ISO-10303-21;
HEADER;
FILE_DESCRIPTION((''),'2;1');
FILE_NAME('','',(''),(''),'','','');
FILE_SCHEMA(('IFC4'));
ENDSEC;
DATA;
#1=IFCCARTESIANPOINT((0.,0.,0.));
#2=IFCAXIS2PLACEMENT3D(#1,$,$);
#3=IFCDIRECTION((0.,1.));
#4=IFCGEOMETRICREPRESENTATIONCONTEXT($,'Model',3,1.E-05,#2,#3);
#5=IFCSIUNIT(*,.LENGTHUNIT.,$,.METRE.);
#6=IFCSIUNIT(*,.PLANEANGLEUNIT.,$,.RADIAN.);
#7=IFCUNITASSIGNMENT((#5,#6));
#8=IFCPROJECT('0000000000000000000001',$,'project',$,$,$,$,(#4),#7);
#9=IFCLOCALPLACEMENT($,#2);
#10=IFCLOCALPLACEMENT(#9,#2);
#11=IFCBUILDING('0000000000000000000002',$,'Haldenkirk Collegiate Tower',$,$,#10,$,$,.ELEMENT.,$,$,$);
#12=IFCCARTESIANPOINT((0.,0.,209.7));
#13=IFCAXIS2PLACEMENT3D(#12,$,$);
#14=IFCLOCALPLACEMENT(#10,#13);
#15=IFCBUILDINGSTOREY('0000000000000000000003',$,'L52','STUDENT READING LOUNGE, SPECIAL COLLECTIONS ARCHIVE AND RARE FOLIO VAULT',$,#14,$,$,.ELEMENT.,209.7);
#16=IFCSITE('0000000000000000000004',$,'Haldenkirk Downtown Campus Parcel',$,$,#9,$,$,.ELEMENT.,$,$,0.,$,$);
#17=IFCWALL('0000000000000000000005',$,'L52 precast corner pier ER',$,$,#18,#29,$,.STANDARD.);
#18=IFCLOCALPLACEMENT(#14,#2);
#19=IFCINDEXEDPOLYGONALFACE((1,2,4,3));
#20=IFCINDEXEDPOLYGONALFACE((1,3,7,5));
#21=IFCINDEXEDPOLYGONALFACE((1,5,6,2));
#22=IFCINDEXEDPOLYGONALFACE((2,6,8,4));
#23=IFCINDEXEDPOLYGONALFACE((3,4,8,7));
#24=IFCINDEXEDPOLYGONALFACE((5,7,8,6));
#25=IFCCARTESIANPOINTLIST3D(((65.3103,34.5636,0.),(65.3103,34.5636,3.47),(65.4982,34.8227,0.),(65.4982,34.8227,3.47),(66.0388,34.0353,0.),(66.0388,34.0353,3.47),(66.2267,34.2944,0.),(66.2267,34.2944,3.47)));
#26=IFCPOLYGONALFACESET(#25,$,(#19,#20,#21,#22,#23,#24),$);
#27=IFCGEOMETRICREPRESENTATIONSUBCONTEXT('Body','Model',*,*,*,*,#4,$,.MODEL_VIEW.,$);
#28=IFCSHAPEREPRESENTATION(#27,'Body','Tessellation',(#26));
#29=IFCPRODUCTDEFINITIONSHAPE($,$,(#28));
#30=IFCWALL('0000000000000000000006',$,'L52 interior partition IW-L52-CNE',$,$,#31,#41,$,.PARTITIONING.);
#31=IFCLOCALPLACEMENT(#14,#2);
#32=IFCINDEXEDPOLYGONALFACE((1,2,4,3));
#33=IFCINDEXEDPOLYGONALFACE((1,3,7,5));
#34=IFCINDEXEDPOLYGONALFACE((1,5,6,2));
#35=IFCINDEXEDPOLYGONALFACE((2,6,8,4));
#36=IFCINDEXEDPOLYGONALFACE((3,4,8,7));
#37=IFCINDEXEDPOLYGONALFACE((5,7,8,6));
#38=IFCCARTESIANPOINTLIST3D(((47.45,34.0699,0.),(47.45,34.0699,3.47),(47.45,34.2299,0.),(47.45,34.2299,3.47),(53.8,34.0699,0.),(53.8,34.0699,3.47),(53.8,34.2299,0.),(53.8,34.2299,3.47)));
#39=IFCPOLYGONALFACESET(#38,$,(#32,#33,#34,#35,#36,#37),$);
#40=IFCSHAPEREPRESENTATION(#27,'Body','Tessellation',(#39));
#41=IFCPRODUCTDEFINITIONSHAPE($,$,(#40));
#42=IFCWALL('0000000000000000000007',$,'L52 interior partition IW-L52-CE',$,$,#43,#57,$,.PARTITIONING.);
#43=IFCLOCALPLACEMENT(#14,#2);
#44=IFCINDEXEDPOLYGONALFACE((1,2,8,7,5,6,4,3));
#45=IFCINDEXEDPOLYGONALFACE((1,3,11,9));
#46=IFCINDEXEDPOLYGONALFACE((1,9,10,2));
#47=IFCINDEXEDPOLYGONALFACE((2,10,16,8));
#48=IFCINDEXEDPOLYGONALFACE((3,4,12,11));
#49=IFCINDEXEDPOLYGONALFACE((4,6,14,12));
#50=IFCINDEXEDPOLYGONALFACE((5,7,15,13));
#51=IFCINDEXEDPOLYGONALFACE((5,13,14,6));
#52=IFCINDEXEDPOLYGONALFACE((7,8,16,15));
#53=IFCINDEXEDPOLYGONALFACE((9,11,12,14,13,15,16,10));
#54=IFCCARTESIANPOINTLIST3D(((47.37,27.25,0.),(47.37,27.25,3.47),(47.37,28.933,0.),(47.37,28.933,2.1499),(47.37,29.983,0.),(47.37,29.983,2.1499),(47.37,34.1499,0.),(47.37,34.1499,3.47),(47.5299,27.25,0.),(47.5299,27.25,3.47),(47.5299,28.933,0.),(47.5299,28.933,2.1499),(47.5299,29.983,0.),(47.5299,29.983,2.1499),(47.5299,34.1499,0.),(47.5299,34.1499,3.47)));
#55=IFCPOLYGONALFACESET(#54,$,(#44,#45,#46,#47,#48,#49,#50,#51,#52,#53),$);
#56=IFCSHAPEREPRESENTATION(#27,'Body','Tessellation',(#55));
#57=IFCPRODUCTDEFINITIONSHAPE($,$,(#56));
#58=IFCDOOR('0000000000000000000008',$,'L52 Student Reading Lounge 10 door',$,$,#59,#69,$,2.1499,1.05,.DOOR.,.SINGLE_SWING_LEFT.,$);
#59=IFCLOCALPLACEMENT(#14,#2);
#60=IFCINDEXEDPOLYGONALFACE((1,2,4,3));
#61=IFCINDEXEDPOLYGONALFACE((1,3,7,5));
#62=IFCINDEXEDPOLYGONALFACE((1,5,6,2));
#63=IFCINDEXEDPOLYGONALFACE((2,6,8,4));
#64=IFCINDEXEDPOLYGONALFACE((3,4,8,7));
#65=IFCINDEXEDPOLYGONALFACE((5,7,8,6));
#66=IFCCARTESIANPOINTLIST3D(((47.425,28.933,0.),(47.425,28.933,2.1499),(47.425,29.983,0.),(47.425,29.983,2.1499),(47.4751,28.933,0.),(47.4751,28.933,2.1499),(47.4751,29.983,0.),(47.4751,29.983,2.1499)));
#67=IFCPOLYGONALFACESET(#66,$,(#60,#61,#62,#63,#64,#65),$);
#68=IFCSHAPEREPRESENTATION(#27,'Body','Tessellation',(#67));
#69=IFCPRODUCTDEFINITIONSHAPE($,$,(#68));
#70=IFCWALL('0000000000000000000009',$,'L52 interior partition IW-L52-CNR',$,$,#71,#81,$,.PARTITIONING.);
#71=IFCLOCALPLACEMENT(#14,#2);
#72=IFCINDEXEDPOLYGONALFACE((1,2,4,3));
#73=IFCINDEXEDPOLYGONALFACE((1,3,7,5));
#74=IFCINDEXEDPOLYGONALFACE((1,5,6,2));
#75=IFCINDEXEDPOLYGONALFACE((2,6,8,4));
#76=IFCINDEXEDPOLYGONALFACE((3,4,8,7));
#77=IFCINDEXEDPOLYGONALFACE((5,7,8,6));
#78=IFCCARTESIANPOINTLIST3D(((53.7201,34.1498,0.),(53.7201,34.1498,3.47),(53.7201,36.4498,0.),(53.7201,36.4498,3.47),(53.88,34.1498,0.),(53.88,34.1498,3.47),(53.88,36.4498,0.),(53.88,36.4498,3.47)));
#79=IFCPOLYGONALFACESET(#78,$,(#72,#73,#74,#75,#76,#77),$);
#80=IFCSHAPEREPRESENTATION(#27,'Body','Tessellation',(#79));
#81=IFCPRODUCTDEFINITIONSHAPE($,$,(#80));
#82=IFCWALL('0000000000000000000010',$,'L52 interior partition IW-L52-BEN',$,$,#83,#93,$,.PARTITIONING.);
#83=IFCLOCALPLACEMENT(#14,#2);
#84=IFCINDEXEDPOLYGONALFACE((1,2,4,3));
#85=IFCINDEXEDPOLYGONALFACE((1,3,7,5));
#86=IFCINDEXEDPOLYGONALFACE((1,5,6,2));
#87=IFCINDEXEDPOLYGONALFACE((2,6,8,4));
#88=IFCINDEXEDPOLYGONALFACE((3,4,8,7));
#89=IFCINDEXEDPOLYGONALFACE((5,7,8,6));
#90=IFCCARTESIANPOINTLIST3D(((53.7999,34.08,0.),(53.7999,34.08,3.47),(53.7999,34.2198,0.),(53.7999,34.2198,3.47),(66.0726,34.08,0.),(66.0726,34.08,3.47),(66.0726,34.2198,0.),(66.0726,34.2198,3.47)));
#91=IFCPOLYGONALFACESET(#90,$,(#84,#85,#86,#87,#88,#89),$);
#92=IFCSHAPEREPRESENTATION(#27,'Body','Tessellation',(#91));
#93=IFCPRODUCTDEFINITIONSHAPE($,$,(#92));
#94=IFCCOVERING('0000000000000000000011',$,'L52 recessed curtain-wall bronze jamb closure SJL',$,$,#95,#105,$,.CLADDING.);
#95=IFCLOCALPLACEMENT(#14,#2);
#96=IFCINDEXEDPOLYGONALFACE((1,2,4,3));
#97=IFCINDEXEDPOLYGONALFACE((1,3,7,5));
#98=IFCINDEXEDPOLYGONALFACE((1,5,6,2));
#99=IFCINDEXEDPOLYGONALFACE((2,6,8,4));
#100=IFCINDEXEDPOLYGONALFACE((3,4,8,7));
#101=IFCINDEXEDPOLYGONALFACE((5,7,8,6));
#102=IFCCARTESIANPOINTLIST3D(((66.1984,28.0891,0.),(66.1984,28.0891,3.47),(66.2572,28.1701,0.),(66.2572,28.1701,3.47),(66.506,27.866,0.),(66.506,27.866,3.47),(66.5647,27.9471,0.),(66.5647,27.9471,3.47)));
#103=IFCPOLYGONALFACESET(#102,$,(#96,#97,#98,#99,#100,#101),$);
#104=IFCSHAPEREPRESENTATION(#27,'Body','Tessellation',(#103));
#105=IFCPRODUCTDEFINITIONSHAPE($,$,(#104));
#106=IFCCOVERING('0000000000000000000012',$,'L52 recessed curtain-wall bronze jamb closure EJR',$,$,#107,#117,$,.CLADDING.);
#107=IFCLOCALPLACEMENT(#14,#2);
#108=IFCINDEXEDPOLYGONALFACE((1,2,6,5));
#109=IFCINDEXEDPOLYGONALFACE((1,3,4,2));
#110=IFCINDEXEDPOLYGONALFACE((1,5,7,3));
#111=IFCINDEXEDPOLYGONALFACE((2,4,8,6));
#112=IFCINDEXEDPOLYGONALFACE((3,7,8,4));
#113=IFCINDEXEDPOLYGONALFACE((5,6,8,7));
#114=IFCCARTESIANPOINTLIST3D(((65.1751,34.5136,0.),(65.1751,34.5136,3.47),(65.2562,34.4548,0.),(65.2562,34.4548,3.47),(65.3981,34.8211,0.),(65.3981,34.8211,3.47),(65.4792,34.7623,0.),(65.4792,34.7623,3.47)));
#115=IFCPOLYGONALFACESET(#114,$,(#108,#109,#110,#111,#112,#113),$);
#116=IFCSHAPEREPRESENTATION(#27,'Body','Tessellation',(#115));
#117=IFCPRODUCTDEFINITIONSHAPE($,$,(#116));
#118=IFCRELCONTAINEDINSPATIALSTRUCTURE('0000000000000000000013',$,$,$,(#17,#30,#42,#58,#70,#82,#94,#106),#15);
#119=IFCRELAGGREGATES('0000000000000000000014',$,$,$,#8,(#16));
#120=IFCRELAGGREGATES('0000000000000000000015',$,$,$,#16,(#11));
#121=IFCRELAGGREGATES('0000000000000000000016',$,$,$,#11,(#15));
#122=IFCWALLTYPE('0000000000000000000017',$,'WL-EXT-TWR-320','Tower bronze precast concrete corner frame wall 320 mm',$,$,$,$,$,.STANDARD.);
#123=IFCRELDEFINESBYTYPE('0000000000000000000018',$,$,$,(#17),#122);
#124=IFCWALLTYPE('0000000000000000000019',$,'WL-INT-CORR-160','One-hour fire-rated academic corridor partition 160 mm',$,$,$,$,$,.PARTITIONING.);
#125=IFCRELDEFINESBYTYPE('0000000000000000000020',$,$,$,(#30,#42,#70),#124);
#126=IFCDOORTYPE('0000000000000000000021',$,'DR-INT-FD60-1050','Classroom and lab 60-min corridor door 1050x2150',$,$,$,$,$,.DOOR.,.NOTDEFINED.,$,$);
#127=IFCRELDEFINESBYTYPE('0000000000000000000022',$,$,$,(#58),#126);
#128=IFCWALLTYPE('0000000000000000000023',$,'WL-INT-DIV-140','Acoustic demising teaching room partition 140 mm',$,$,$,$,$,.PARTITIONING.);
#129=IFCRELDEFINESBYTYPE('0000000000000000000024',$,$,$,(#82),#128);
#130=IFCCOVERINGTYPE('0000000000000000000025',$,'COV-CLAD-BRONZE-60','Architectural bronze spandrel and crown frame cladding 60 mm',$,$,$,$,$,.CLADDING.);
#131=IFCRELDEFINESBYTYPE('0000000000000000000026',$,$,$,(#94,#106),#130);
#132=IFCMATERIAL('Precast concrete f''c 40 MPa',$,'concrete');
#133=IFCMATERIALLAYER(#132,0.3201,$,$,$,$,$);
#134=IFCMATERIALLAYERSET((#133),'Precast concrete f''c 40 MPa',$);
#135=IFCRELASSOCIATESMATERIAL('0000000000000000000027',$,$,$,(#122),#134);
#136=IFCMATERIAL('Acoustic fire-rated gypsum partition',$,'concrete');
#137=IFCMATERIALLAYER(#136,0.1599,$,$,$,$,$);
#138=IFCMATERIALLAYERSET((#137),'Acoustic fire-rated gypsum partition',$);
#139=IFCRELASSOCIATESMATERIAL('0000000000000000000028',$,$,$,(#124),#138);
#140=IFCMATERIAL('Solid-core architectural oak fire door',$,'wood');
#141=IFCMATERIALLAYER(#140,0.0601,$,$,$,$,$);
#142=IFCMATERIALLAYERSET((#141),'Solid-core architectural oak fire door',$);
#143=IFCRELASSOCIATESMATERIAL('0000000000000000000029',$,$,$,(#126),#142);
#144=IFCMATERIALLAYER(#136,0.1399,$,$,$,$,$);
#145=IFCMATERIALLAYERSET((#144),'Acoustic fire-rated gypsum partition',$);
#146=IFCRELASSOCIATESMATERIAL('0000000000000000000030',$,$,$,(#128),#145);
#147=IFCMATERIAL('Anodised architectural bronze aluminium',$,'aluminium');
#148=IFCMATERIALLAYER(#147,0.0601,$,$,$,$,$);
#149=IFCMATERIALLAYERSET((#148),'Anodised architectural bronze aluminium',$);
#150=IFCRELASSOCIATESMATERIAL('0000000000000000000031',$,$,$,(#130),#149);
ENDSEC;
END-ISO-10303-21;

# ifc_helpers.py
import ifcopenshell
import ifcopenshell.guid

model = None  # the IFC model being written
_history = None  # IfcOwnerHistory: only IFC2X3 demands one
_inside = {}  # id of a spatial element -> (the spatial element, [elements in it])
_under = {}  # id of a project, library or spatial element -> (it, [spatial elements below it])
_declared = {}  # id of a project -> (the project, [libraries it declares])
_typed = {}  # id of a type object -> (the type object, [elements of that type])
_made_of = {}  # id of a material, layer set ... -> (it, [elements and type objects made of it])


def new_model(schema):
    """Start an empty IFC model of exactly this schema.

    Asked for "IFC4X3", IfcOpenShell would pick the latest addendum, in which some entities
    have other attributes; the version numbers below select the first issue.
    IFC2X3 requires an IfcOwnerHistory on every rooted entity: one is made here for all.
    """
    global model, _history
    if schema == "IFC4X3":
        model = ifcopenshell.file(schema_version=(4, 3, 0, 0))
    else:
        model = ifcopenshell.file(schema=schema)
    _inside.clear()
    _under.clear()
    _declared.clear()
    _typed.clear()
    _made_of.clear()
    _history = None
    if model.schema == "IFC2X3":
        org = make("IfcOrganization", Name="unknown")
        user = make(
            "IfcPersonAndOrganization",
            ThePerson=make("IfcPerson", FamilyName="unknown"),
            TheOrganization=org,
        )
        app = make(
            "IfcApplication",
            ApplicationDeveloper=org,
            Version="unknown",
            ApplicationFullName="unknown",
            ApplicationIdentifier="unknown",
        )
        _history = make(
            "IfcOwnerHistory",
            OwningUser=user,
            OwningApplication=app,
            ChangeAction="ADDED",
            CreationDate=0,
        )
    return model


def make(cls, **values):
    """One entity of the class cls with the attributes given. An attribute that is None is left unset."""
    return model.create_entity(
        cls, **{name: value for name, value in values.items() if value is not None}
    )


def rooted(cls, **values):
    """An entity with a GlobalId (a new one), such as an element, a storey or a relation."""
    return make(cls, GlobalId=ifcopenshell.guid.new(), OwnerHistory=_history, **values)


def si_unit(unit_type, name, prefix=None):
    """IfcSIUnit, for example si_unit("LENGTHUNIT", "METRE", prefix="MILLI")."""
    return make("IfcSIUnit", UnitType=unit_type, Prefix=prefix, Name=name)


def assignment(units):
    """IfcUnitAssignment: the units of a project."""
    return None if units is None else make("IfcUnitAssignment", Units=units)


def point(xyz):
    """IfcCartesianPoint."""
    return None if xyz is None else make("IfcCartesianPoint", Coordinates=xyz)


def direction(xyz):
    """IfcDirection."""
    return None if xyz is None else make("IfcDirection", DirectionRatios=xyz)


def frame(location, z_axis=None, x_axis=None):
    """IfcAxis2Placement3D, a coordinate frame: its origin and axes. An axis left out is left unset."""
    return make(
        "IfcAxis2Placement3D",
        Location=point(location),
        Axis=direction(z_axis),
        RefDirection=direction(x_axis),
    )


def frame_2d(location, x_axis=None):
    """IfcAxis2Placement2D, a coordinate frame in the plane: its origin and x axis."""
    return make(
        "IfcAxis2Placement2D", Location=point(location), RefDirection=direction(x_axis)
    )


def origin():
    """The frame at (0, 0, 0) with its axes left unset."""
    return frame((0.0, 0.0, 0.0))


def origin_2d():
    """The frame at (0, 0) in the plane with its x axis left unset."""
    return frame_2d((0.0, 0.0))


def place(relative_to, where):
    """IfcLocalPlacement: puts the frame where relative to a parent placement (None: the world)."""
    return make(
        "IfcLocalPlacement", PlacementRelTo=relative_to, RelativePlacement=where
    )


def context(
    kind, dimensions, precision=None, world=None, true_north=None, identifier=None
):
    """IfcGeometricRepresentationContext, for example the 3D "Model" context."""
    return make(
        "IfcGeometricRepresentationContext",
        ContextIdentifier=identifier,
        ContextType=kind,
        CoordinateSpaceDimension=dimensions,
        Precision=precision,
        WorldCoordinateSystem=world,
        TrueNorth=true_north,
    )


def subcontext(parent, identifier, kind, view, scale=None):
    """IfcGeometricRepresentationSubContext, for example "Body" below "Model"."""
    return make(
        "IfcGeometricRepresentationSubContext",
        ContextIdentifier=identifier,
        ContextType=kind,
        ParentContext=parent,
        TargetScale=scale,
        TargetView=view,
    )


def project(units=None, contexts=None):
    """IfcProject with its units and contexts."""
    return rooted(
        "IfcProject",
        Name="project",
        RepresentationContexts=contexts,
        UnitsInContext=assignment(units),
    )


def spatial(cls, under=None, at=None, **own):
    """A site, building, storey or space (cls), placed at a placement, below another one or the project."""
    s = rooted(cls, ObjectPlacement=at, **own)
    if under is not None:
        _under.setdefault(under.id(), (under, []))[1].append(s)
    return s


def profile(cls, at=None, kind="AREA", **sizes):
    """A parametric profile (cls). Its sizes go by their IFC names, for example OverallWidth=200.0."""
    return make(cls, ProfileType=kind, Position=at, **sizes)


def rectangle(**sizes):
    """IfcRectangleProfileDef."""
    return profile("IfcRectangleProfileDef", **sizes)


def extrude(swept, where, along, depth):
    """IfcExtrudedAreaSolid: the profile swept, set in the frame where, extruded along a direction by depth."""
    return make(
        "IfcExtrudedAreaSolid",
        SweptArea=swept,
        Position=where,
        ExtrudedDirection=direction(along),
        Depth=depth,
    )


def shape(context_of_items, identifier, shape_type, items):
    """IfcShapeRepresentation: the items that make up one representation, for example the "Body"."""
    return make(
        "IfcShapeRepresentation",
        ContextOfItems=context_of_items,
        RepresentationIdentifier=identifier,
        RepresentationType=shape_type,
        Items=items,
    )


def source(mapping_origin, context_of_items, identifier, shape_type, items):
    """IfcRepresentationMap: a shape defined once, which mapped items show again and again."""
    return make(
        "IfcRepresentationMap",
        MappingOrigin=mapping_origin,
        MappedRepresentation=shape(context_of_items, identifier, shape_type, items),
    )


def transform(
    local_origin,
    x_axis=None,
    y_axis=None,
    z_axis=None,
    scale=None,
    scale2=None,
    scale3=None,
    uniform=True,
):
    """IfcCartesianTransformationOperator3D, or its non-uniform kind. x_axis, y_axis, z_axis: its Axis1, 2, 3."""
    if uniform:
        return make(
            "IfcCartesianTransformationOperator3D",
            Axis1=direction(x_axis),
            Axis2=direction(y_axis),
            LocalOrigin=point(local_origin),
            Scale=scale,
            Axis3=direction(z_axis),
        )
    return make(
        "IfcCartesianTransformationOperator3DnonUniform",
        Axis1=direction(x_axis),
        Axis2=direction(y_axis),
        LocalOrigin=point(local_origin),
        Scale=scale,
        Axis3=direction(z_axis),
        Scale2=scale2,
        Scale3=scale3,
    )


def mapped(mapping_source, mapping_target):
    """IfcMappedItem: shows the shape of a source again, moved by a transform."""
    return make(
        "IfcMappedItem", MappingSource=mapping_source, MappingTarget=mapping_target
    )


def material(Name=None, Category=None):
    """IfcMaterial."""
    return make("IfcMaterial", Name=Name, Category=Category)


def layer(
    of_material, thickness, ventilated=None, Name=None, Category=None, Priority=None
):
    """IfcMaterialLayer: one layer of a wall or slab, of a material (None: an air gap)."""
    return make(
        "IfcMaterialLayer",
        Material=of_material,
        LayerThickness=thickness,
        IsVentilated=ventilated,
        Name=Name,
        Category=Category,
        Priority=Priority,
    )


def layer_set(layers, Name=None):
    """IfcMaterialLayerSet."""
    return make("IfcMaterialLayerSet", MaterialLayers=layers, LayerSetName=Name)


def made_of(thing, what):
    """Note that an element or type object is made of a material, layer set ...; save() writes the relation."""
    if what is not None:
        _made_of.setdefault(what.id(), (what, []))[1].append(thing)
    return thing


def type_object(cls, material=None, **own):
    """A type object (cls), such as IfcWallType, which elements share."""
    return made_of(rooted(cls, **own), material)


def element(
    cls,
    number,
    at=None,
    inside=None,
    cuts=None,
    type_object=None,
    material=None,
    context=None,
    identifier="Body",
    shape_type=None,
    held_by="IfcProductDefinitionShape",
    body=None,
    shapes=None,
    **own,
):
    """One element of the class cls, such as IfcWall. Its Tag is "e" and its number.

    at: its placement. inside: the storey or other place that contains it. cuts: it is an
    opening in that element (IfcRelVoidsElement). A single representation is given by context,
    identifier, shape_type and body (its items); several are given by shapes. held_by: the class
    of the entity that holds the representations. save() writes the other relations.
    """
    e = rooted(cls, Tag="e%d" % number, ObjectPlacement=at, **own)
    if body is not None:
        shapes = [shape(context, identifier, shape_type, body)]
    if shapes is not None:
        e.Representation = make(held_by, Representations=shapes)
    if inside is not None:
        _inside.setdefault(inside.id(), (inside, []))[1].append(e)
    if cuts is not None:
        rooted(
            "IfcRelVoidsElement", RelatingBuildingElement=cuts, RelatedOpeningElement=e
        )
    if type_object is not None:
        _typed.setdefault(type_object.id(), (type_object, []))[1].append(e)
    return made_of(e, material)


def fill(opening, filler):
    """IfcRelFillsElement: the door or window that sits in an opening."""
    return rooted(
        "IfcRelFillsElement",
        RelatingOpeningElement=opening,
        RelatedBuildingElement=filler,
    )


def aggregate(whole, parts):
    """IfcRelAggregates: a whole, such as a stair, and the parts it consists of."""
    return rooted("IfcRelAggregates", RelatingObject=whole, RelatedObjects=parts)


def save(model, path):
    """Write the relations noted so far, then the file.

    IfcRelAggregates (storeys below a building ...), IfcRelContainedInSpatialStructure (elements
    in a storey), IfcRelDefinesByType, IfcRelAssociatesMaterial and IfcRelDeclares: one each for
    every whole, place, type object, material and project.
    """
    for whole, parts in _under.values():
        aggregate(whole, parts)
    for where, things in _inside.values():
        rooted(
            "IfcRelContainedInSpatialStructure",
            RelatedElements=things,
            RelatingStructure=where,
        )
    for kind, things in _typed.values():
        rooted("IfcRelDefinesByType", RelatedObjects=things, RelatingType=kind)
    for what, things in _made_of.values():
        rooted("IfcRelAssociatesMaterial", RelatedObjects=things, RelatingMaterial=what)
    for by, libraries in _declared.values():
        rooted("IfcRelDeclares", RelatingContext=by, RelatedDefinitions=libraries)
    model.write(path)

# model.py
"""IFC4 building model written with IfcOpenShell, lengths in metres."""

from ifc_helpers import new_model, si_unit, direction, frame, frame_2d, origin, origin_2d, place, context, subcontext, project, spatial, rectangle, extrude, source, transform, mapped, material, layer, layer_set, type_object, element, fill, save


model = new_model("IFC4")

# Units and contexts
model_context = context("Model", 3, precision=1e-05, world=origin(), true_north=direction((0.0, 1.0)))
body_context = subcontext(model_context, "Body", "Model", "MODEL_VIEW")
ifc_project = project(units=[si_unit("LENGTHUNIT", "METRE"), si_unit("PLANEANGLEUNIT", "RADIAN")], contexts=[model_context])

# Site, building, storey
site_placement = place(None, origin())
site = spatial("IfcSite", under=ifc_project, at=site_placement, Name="Haldenkirk Downtown Campus Parcel", CompositionType="ELEMENT", RefElevation=0.0)
building_placement = place(site_placement, origin())
building = spatial("IfcBuilding", under=site, at=building_placement, Name="Haldenkirk Collegiate Tower", CompositionType="ELEMENT")
storey_placement = place(building_placement, frame((0.0, 0.0, 209.7)))
storey = spatial("IfcBuildingStorey", under=building, at=storey_placement, Name="L52", Description="STUDENT READING LOUNGE, SPECIAL COLLECTIONS ARCHIVE AND RARE FOLIO VAULT", CompositionType="ELEMENT", Elevation=209.7)

# Shared definitions
ifc_material_1 = material(Name="Anodised architectural bronze aluminium", Category="aluminium")

# Shared definitions
ifc_material_2 = material(Name="Precast concrete f'c 40 MPa", Category="concrete")
ifc_layer_1 = layer(ifc_material_2, 0.3201)
ifc_layer_set_1 = layer_set([ifc_layer_1], Name="Precast concrete f'c 40 MPa")
wall_type_1 = type_object("IfcWallType", Name="WL-EXT-TWR-320", Description="Tower bronze precast concrete corner frame wall 320 mm", PredefinedType="STANDARD", material=ifc_layer_set_1)

# Walls
wall_1_placement = place(storey_placement, frame((65.4043, 34.6931, 0.0), z_axis=(0.0, 0.0, 1.0), x_axis=(0.809533, -0.587074, 0.0)))
element("IfcWall", 1, at=wall_1_placement, inside=storey, type_object=wall_type_1, Name="L52 precast corner pier ER", PredefinedType="STANDARD", context=body_context, shape_type="SweptSolid", body=[
    extrude(rectangle(XDim=0.8999, YDim=0.3201, at=frame_2d((0.45, 0.0))), origin(), (0.0, 0.0, 1.0), 3.47),
])
ifc_material_3 = material(Name="Acoustic fire-rated gypsum partition", Category="concrete")
ifc_layer_2 = layer(ifc_material_3, 0.1599)
ifc_layer_set_2 = layer_set([ifc_layer_2], Name="Acoustic fire-rated gypsum partition")
wall_type_2 = type_object("IfcWallType", Name="WL-INT-CORR-160", Description="One-hour fire-rated academic corridor partition 160 mm", PredefinedType="PARTITIONING", material=ifc_layer_set_2)
wall_2_placement = place(storey_placement, frame((47.45, 34.1499, 0.0), z_axis=(0.0, 0.0, 1.0), x_axis=(1.0, 0.0, 0.0)))
element("IfcWall", 2, at=wall_2_placement, inside=storey, type_object=wall_type_2, Name="L52 interior partition IW-L52-CNE", PredefinedType="PARTITIONING", context=body_context, shape_type="SweptSolid", body=[
    extrude(rectangle(XDim=6.3501, YDim=0.1599, at=frame_2d((3.175, 0.0))), origin(), (0.0, 0.0, 1.0), 3.47),
])

# Wall, opening, door
wall_3_placement = place(storey_placement, frame((47.45, 27.25, 0.0), z_axis=(0.0, 0.0, 1.0), x_axis=(0.0, 1.0, 0.0)))
wall_3 = element("IfcWall", 3, at=wall_3_placement, inside=storey, type_object=wall_type_2, Name="L52 interior partition IW-L52-CE", PredefinedType="PARTITIONING", context=body_context, shape_type="SweptSolid", body=[
    extrude(rectangle(XDim=6.8999, YDim=0.1599, at=frame_2d((3.45, 0.0))), origin(), (0.0, 0.0, 1.0), 3.47),
])
opening_1_placement = place(wall_3_placement, frame((1.6831, 0.0, 0.0)))
opening_1 = element("IfcOpeningElement", 4, at=opening_1_placement, cuts=wall_3, PredefinedType="OPENING", context=body_context, shape_type="SweptSolid", body=[
    extrude(rectangle(XDim=1.05, YDim=2.1499, at=frame_2d((0.5249, 1.075))), frame((0.0, 0.0898, 0.0), z_axis=(0.0, -1.0, 0.0), x_axis=(1.0, 0.0, 0.0)), (0.0, 0.0, 1.0), 0.1799),
])
ifc_material_4 = material(Name="Solid-core architectural oak fire door", Category="wood")
ifc_layer_3 = layer(ifc_material_4, 0.0601)
ifc_layer_set_3 = layer_set([ifc_layer_3], Name="Solid-core architectural oak fire door")
door_type = type_object("IfcDoorType", Name="DR-INT-FD60-1050", Description="Classroom and lab 60-min corridor door 1050x2150", OperationType="NOTDEFINED", PredefinedType="DOOR", material=ifc_layer_set_3)
door_placement = place(opening_1_placement, origin())
door = element("IfcDoor", 5, at=door_placement, inside=storey, type_object=door_type, Name="L52 Student Reading Lounge 10 door", OperationType="SINGLE_SWING_LEFT", OverallHeight=2.1499, OverallWidth=1.05, PredefinedType="DOOR", context=body_context, shape_type="SweptSolid", body=[
    extrude(rectangle(XDim=1.05, YDim=2.1499, at=frame_2d((0.5249, 1.075))), frame((0.0, 0.0249, 0.0), z_axis=(0.0, -1.0, 0.0), x_axis=(1.0, 0.0, 0.0)), (0.0, 0.0, 1.0), 0.05),
])
fill(opening_1, door)

# Walls
wall_4_placement = place(storey_placement, frame((53.8, 34.1499, 0.0), z_axis=(0.0, 0.0, 1.0), x_axis=(0.0, 1.0, 0.0)))
element("IfcWall", 6, at=wall_4_placement, inside=storey, type_object=wall_type_2, Name="L52 interior partition IW-L52-CNR", PredefinedType="PARTITIONING", context=body_context, shape_type="SweptSolid", body=[
    extrude(rectangle(XDim=2.3, YDim=0.1599, at=frame_2d((1.1499, 0.0))), origin(), (0.0, 0.0, 1.0), 3.47),
])
ifc_layer_4 = layer(ifc_material_3, 0.1399)
ifc_layer_set_4 = layer_set([ifc_layer_4], Name="Acoustic fire-rated gypsum partition")
wall_type_3 = type_object("IfcWallType", Name="WL-INT-DIV-140", Description="Acoustic demising teaching room partition 140 mm", PredefinedType="PARTITIONING", material=ifc_layer_set_4)
wall_5_placement = place(storey_placement, frame((53.8, 34.1499, 0.0), z_axis=(0.0, 0.0, 1.0), x_axis=(1.0, 0.0, 0.0)))
element("IfcWall", 7, at=wall_5_placement, inside=storey, type_object=wall_type_3, Name="L52 interior partition IW-L52-BEN", PredefinedType="PARTITIONING", context=body_context, shape_type="SweptSolid", body=[
    extrude(rectangle(XDim=12.2727, YDim=0.1399, at=frame_2d((6.1362, 0.0))), origin(), (0.0, 0.0, 1.0), 3.47),
])

# Coverings
ifc_layer_5 = layer(ifc_material_1, 0.0601)
ifc_layer_set_5 = layer_set([ifc_layer_5], Name="Anodised architectural bronze aluminium")
covering_type = type_object("IfcCoveringType", Name="COV-CLAD-BRONZE-60", Description="Architectural bronze spandrel and crown frame cladding 60 mm", PredefinedType="CLADDING", material=ifc_layer_set_5)
shared_shape_1 = source(origin(), body_context, "Body", "SweptSolid", [
    extrude(rectangle(XDim=0.1001, YDim=0.3799, at=origin_2d()), origin(), (0.0, 0.0, 1.0), 3.47),
])
for number, where, z_axis, x_axis, name in (
    (8, (66.3816, 28.0181, 0.0), (0.0, 0.0, 1.0), (-0.587079, -0.80953, 0.0), "L52 recessed curtain-wall bronze jamb closure SJL"),
    (9, (65.3271, 34.6379, 0.0), (0.0, 0.0, 1.0), (0.80953, -0.587079, 0.0), "L52 recessed curtain-wall bronze jamb closure EJR"),
):
    element("IfcCovering", number, at=place(storey_placement, frame(where, z_axis=z_axis, x_axis=x_axis)), inside=storey, type_object=covering_type, Name=name, PredefinedType="CLADDING", context=body_context, shape_type="MappedRepresentation", body=[
        mapped(shared_shape_1, transform((0.0, 0.0, 0.0), x_axis=(1.0, 0.0, 0.0), y_axis=(0.0, 1.0, 0.0), z_axis=(0.0, 0.0, 1.0), scale=1.0)),
    ])

save(model, "model.ifc")
